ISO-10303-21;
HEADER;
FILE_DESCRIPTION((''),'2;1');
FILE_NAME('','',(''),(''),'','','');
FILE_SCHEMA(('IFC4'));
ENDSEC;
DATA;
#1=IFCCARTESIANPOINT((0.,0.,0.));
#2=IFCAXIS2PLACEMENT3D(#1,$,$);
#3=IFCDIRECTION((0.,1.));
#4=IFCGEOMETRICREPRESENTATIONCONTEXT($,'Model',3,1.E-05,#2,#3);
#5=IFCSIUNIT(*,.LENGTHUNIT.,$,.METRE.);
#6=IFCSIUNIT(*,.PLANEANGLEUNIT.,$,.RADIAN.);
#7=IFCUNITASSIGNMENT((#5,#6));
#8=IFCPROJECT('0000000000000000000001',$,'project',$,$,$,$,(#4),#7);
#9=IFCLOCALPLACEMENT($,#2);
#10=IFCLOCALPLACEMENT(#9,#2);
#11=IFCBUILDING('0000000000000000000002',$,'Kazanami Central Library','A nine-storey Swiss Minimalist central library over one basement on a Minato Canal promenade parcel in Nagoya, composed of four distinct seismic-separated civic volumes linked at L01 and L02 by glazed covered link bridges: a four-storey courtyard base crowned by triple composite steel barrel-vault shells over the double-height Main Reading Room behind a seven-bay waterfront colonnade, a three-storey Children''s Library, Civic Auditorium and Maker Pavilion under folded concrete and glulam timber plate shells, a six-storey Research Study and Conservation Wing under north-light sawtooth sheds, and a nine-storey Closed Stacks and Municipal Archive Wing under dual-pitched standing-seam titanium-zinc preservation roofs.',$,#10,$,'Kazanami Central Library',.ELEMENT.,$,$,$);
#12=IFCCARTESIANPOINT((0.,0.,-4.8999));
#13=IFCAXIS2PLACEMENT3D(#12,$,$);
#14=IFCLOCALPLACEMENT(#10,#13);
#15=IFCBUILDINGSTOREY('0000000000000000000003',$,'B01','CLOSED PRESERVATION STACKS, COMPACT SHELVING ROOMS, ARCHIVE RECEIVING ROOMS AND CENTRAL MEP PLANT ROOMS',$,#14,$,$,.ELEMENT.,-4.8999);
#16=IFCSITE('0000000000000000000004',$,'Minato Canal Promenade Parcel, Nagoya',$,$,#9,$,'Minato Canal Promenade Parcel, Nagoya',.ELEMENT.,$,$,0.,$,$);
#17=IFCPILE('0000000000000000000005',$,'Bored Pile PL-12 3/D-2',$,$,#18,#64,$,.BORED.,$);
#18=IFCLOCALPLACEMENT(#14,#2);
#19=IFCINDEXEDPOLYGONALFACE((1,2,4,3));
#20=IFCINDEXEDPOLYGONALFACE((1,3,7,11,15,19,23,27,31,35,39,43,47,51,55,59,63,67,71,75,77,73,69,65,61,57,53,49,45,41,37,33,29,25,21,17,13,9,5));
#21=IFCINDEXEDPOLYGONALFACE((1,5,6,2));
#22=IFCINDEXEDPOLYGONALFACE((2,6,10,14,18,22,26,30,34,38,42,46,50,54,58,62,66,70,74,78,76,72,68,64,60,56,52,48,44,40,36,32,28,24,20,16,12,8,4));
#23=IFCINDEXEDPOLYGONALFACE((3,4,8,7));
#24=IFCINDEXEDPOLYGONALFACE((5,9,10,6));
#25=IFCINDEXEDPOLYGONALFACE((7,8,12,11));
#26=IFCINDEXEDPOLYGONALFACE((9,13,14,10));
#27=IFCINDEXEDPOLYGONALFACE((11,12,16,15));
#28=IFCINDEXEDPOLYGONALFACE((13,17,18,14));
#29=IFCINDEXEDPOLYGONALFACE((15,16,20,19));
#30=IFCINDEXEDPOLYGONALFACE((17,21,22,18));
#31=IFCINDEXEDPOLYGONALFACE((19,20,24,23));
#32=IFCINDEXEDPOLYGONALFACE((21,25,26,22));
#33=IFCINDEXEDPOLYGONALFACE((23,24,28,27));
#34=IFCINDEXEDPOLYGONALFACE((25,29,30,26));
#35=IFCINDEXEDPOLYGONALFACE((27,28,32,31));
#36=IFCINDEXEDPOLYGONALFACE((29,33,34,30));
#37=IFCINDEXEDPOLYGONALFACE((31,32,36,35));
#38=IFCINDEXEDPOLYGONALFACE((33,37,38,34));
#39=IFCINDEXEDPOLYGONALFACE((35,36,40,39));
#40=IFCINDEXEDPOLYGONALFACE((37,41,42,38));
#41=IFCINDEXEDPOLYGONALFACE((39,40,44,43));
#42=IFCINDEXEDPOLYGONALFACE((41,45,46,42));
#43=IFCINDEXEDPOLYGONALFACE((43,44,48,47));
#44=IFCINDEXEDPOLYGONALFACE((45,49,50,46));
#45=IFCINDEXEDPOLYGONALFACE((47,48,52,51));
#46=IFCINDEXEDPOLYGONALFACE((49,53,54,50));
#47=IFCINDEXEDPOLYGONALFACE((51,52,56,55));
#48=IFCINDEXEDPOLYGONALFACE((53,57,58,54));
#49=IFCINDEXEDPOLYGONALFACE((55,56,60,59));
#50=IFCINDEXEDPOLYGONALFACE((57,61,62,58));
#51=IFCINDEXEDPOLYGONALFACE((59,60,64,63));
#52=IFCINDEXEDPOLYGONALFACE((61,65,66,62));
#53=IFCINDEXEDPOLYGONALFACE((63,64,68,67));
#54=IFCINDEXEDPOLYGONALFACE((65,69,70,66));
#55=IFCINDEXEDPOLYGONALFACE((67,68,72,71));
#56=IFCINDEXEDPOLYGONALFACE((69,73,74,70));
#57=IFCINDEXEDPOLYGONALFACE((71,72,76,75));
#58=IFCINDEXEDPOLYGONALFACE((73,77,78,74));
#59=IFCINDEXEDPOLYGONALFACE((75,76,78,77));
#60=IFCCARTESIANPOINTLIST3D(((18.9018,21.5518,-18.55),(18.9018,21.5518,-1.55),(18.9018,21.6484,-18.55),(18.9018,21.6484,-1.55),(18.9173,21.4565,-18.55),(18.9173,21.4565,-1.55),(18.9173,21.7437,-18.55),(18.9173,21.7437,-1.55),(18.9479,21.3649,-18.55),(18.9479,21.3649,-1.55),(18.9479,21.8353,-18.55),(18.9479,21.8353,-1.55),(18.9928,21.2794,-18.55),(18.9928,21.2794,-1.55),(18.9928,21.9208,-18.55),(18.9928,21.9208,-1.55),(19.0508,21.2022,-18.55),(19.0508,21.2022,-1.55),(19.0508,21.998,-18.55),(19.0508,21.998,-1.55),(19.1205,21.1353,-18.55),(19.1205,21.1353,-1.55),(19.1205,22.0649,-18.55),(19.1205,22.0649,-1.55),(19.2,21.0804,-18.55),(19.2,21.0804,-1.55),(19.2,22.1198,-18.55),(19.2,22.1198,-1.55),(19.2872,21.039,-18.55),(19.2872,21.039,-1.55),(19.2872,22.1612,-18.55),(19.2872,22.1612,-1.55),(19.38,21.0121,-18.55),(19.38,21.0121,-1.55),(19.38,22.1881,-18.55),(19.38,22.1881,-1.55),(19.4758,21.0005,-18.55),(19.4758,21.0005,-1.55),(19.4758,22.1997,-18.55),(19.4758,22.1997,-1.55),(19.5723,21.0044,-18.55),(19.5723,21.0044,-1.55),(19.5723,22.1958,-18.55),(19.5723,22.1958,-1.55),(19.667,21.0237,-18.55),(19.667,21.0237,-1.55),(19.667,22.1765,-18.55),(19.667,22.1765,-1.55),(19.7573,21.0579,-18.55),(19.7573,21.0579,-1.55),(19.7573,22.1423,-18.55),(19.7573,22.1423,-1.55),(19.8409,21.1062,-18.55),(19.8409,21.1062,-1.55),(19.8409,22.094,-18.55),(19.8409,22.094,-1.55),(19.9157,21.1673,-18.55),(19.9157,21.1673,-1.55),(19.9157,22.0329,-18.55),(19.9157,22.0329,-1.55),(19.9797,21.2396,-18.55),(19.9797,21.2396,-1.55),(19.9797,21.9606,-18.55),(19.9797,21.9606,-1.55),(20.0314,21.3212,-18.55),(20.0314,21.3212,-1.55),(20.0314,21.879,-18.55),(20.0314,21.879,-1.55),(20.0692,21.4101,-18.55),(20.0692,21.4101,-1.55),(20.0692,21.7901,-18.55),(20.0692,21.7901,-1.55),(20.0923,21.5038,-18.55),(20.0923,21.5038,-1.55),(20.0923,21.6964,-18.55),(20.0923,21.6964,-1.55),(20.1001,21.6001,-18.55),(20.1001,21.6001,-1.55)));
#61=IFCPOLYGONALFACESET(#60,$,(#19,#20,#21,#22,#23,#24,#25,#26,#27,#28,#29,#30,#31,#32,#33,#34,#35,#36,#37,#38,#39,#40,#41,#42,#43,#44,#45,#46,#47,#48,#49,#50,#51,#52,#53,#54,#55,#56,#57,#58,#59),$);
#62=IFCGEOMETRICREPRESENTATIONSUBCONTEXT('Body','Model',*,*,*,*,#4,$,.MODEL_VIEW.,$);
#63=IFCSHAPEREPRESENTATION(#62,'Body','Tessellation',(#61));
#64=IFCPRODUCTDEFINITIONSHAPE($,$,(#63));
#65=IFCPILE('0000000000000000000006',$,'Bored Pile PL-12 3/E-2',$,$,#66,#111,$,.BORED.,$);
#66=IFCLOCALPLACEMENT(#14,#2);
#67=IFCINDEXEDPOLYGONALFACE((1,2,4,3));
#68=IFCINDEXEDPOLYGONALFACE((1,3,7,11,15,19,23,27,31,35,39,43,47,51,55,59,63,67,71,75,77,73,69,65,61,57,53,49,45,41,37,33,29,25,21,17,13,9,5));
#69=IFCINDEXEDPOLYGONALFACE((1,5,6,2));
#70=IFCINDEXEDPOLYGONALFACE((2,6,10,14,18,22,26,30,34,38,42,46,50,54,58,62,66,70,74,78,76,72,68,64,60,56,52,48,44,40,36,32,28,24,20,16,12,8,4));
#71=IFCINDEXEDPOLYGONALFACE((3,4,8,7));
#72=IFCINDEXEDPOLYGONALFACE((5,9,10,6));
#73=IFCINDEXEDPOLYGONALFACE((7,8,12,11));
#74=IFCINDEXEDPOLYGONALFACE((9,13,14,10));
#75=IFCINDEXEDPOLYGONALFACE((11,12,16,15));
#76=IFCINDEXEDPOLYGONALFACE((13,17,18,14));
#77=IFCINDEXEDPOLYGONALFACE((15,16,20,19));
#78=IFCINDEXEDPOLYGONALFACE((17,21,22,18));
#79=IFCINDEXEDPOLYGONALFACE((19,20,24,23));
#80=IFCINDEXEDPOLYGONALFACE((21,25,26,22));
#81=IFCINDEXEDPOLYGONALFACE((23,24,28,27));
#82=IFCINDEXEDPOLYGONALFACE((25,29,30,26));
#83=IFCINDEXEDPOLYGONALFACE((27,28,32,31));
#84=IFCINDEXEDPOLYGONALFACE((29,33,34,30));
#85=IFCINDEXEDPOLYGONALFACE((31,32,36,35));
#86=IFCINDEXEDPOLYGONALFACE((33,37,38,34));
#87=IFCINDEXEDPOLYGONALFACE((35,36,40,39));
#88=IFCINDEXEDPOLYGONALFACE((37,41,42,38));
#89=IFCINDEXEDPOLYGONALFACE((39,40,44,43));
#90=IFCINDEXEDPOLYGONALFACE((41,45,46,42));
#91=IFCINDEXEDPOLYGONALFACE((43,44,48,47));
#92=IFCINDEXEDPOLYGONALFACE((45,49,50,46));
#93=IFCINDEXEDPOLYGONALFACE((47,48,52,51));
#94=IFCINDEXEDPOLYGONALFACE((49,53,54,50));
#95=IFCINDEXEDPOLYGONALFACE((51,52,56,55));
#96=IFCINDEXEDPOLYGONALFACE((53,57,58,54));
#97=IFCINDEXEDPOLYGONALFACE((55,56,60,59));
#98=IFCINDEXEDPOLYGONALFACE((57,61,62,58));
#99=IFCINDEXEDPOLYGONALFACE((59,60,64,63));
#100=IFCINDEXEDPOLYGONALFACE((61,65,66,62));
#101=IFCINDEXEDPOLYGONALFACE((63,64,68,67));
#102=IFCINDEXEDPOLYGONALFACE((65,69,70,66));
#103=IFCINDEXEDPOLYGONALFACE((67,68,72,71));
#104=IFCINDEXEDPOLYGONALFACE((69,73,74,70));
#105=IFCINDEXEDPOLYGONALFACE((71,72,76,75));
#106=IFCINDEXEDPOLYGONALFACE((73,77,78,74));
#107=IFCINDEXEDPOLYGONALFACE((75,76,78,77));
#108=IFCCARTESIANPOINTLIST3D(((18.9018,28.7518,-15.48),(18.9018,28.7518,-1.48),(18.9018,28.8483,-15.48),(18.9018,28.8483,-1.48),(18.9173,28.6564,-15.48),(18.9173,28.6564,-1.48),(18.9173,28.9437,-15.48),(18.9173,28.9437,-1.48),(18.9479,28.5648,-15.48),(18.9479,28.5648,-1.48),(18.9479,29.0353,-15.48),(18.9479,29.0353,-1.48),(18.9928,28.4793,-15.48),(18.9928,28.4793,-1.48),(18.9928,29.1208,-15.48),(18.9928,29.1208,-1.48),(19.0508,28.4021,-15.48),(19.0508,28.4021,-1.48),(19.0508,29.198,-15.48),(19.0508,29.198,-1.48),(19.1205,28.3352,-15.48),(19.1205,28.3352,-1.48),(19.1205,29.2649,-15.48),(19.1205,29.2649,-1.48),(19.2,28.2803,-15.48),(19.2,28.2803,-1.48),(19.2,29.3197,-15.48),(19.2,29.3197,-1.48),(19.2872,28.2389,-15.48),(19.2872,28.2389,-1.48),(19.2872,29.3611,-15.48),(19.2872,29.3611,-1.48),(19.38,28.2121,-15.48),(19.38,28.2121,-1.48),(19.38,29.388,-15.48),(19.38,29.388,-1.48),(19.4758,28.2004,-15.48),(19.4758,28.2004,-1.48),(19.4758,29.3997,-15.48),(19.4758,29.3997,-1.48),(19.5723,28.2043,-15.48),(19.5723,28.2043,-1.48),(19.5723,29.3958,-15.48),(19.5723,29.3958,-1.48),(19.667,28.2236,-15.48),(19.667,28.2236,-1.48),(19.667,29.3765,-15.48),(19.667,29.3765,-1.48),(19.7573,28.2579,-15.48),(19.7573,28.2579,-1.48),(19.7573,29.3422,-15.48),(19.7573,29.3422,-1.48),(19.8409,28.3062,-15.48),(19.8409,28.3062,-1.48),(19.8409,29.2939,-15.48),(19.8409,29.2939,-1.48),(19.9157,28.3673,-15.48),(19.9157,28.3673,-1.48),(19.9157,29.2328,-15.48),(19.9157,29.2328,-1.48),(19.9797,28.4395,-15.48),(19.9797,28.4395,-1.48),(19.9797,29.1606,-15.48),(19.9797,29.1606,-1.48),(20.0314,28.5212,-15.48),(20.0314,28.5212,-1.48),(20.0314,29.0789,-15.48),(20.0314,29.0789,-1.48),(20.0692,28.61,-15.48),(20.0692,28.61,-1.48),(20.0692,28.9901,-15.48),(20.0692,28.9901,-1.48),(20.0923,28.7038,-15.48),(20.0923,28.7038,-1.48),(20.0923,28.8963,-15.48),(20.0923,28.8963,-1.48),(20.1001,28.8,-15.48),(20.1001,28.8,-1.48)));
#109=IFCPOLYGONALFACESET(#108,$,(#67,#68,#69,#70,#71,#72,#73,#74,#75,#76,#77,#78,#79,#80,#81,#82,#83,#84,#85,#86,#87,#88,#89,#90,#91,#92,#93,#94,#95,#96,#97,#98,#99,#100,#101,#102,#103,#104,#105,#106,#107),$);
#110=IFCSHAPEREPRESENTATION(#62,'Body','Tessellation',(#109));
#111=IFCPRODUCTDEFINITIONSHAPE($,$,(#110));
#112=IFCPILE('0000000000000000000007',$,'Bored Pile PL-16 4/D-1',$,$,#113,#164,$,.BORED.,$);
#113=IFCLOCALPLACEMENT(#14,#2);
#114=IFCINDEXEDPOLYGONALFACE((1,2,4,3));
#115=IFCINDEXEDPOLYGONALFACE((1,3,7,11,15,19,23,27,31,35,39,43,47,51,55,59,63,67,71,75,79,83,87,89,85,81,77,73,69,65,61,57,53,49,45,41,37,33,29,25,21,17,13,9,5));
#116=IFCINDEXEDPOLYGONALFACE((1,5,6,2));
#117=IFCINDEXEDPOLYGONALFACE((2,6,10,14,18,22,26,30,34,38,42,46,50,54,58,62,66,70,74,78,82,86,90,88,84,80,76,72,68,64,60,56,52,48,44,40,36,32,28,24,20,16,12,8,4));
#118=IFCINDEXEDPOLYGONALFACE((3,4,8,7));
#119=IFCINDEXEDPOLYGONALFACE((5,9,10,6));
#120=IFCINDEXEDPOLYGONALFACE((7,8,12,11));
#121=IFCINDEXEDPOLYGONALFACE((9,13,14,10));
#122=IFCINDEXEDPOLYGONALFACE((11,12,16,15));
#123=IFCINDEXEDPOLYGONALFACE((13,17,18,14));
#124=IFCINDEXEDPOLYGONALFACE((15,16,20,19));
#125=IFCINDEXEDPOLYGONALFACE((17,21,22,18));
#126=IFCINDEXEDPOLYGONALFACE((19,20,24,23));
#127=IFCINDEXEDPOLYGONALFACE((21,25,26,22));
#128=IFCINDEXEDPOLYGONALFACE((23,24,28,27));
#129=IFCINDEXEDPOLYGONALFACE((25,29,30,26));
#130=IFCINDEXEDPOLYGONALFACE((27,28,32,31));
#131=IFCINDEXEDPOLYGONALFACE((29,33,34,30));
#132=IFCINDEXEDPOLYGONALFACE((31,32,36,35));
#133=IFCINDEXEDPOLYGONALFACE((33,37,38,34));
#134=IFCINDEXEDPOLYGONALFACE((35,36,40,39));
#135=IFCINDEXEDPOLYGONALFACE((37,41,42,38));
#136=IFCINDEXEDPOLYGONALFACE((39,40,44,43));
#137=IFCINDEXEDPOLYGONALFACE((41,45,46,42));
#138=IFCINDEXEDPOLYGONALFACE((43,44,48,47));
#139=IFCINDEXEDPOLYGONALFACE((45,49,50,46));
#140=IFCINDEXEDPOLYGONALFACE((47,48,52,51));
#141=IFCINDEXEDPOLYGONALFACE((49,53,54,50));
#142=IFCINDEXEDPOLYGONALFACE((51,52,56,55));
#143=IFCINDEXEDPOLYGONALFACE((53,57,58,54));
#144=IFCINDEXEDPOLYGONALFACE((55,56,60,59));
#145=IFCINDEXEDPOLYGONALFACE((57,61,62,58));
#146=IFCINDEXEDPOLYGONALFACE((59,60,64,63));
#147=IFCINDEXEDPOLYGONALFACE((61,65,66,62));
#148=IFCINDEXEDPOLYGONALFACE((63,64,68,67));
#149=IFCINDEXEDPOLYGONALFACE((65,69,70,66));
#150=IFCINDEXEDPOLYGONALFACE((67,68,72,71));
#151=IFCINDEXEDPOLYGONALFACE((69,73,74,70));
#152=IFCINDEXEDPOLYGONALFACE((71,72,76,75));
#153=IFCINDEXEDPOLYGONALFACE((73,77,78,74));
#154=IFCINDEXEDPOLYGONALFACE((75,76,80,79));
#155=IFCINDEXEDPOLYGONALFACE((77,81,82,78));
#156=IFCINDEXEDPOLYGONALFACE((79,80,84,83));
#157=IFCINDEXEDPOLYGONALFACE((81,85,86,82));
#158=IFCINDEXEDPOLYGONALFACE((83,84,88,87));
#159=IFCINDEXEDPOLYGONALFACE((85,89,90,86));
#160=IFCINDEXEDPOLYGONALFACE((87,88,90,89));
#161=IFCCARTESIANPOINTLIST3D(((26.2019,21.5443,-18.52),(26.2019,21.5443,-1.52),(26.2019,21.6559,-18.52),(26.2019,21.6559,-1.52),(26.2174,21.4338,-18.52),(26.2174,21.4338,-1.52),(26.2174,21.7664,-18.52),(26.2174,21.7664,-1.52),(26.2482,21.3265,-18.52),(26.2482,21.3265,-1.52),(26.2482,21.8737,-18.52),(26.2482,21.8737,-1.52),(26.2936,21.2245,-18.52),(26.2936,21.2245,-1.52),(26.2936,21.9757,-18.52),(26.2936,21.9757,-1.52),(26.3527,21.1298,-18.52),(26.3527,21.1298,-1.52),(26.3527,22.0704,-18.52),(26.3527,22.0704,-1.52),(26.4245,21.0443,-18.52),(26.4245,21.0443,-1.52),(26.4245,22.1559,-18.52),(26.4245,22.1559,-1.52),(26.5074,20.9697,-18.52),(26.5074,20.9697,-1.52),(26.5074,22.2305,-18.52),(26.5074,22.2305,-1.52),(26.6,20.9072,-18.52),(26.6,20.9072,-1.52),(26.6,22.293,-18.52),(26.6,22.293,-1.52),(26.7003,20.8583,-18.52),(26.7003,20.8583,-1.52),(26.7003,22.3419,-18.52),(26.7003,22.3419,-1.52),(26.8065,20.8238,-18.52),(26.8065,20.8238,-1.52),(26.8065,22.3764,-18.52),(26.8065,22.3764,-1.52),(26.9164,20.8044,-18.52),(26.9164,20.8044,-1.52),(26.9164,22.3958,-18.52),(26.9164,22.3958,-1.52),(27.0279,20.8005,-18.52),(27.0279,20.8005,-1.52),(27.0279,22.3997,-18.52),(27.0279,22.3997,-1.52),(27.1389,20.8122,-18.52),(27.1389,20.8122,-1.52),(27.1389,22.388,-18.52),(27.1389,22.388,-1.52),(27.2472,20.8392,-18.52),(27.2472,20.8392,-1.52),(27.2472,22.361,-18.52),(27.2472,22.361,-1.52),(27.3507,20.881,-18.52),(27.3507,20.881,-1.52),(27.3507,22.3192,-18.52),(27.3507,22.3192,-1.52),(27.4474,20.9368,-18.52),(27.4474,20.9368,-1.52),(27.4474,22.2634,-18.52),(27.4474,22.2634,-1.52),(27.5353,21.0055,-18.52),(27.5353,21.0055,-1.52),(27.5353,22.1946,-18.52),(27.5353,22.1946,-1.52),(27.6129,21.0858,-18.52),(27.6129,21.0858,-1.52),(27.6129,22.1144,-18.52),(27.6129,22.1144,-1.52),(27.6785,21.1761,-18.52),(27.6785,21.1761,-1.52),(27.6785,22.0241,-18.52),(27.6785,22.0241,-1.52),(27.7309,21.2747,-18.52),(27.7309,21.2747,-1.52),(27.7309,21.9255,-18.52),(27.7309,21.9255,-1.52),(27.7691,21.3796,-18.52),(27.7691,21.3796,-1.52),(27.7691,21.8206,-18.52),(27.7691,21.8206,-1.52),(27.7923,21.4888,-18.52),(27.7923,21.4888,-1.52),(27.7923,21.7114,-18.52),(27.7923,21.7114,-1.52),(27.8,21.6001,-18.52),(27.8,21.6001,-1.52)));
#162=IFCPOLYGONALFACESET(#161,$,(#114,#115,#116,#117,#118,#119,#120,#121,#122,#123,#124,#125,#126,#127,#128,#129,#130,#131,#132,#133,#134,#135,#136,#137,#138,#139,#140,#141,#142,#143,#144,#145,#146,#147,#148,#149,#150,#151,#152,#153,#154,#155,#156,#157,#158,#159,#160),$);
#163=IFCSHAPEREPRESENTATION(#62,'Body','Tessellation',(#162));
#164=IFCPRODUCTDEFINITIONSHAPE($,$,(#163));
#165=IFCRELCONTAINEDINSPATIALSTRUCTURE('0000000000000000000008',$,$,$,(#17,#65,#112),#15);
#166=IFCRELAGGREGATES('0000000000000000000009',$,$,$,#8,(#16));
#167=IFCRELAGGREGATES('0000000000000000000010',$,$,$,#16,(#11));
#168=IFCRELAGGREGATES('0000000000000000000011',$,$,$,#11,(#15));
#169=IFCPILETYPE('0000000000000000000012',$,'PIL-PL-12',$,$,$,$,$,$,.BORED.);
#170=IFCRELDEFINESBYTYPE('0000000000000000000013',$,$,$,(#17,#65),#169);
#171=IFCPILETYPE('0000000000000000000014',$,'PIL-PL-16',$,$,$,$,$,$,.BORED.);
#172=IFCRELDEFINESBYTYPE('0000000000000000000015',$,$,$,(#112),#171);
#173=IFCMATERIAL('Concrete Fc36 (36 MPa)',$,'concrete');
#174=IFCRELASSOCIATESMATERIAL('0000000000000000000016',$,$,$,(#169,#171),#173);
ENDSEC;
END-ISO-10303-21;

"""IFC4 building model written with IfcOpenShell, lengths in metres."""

from ifc_helpers import new_model, si_unit, direction, frame, origin, origin_2d, place, context, subcontext, project, spatial, circle, extrude, material, material_profile, profile_set, type_object, element, save


model = new_model("IFC4")

# Units and contexts
model_context = context("Model", 3, precision=1e-05, world=origin(), true_north=direction((0.0, 1.0)))
body_context = subcontext(model_context, "Body", "Model", "MODEL_VIEW")
ifc_project = project(units=[si_unit("LENGTHUNIT", "METRE"), si_unit("PLANEANGLEUNIT", "RADIAN")], contexts=[model_context])

# Site, building, storey
site_placement = place(None, origin())
site = spatial("IfcSite", under=ifc_project, at=site_placement, Name="Minato Canal Promenade Parcel, Nagoya", LongName="Minato Canal Promenade Parcel, Nagoya", CompositionType="ELEMENT", RefElevation=0.0)
building_placement = place(site_placement, origin())
building = spatial("IfcBuilding", under=site, at=building_placement, Name="Kazanami Central Library", Description="A nine-storey Swiss Minimalist central library over one basement on a Minato Canal promenade parcel in Nagoya, composed of four distinct seismic-separated civic volumes linked at L01 and L02 by glazed covered link bridges: a four-storey courtyard base crowned by triple composite steel barrel-vault shells over the double-height Main Reading Room behind a seven-bay waterfront colonnade, a three-storey Children's Library, Civic Auditorium and Maker Pavilion under folded concrete and glulam timber plate shells, a six-storey Research Study and Conservation Wing under north-light sawtooth sheds, and a nine-storey Closed Stacks and Municipal Archive Wing under dual-pitched standing-seam titanium-zinc preservation roofs.", LongName="Kazanami Central Library", CompositionType="ELEMENT")
storey_placement = place(building_placement, frame((0.0, 0.0, -4.8999)))
storey = spatial("IfcBuildingStorey", under=building, at=storey_placement, Name="B01", Description="CLOSED PRESERVATION STACKS, COMPACT SHELVING ROOMS, ARCHIVE RECEIVING ROOMS AND CENTRAL MEP PLANT ROOMS", CompositionType="ELEMENT", Elevation=-4.8999)

# Shared definitions
ifc_material_1 = material(Name="Concrete Fc36 (36 MPa)", Category="concrete")

# Piles
ifc_material_profile_1 = material_profile(ifc_material_1, circle(Radius=0.6001, at=origin_2d()), Name="BORED-D1200")
ifc_profile_set_1 = profile_set([ifc_material_profile_1], Name="Concrete Fc36 (36 MPa)")
pile_type_1 = type_object("IfcPileType", Name="PIL-PL-12", PredefinedType="BORED", material=ifc_profile_set_1)
pile_1_placement = place(storey_placement, frame((19.5, 21.6001, -1.55), z_axis=(0.0, 0.0, -1.0), x_axis=(1.0, 0.0, 0.0)))
element("IfcPile", 1, at=pile_1_placement, inside=storey, type_object=pile_type_1, Name="Bored Pile PL-12 3/D-2", PredefinedType="BORED", context=body_context, shape_type="SweptSolid", body=[
    extrude(circle(Radius=0.6001, at=origin_2d()), origin(), (0.0, 0.0, 1.0), 17.0),
])
pile_2_placement = place(storey_placement, frame((19.5, 28.8, -1.48), z_axis=(0.0, 0.0, -1.0), x_axis=(1.0, 0.0, 0.0)))
element("IfcPile", 2, at=pile_2_placement, inside=storey, type_object=pile_type_1, Name="Bored Pile PL-12 3/E-2", PredefinedType="BORED", context=body_context, shape_type="SweptSolid", body=[
    extrude(circle(Radius=0.6001, at=origin_2d()), origin(), (0.0, 0.0, 1.0), 14.0),
])
ifc_material_profile_2 = material_profile(ifc_material_1, circle(Radius=0.8, at=origin_2d()), Name="BORED-D1600")
ifc_profile_set_2 = profile_set([ifc_material_profile_2], Name="Concrete Fc36 (36 MPa)")
pile_type_2 = type_object("IfcPileType", Name="PIL-PL-16", PredefinedType="BORED", material=ifc_profile_set_2)
pile_3_placement = place(storey_placement, frame((27.0, 21.6001, -1.52), z_axis=(0.0, 0.0, -1.0), x_axis=(1.0, 0.0, 0.0)))
element("IfcPile", 3, at=pile_3_placement, inside=storey, type_object=pile_type_2, Name="Bored Pile PL-16 4/D-1", PredefinedType="BORED", context=body_context, shape_type="SweptSolid", body=[
    extrude(circle(Radius=0.8, at=origin_2d()), origin(), (0.0, 0.0, 1.0), 17.0),
])

save(model, "model.ifc")
